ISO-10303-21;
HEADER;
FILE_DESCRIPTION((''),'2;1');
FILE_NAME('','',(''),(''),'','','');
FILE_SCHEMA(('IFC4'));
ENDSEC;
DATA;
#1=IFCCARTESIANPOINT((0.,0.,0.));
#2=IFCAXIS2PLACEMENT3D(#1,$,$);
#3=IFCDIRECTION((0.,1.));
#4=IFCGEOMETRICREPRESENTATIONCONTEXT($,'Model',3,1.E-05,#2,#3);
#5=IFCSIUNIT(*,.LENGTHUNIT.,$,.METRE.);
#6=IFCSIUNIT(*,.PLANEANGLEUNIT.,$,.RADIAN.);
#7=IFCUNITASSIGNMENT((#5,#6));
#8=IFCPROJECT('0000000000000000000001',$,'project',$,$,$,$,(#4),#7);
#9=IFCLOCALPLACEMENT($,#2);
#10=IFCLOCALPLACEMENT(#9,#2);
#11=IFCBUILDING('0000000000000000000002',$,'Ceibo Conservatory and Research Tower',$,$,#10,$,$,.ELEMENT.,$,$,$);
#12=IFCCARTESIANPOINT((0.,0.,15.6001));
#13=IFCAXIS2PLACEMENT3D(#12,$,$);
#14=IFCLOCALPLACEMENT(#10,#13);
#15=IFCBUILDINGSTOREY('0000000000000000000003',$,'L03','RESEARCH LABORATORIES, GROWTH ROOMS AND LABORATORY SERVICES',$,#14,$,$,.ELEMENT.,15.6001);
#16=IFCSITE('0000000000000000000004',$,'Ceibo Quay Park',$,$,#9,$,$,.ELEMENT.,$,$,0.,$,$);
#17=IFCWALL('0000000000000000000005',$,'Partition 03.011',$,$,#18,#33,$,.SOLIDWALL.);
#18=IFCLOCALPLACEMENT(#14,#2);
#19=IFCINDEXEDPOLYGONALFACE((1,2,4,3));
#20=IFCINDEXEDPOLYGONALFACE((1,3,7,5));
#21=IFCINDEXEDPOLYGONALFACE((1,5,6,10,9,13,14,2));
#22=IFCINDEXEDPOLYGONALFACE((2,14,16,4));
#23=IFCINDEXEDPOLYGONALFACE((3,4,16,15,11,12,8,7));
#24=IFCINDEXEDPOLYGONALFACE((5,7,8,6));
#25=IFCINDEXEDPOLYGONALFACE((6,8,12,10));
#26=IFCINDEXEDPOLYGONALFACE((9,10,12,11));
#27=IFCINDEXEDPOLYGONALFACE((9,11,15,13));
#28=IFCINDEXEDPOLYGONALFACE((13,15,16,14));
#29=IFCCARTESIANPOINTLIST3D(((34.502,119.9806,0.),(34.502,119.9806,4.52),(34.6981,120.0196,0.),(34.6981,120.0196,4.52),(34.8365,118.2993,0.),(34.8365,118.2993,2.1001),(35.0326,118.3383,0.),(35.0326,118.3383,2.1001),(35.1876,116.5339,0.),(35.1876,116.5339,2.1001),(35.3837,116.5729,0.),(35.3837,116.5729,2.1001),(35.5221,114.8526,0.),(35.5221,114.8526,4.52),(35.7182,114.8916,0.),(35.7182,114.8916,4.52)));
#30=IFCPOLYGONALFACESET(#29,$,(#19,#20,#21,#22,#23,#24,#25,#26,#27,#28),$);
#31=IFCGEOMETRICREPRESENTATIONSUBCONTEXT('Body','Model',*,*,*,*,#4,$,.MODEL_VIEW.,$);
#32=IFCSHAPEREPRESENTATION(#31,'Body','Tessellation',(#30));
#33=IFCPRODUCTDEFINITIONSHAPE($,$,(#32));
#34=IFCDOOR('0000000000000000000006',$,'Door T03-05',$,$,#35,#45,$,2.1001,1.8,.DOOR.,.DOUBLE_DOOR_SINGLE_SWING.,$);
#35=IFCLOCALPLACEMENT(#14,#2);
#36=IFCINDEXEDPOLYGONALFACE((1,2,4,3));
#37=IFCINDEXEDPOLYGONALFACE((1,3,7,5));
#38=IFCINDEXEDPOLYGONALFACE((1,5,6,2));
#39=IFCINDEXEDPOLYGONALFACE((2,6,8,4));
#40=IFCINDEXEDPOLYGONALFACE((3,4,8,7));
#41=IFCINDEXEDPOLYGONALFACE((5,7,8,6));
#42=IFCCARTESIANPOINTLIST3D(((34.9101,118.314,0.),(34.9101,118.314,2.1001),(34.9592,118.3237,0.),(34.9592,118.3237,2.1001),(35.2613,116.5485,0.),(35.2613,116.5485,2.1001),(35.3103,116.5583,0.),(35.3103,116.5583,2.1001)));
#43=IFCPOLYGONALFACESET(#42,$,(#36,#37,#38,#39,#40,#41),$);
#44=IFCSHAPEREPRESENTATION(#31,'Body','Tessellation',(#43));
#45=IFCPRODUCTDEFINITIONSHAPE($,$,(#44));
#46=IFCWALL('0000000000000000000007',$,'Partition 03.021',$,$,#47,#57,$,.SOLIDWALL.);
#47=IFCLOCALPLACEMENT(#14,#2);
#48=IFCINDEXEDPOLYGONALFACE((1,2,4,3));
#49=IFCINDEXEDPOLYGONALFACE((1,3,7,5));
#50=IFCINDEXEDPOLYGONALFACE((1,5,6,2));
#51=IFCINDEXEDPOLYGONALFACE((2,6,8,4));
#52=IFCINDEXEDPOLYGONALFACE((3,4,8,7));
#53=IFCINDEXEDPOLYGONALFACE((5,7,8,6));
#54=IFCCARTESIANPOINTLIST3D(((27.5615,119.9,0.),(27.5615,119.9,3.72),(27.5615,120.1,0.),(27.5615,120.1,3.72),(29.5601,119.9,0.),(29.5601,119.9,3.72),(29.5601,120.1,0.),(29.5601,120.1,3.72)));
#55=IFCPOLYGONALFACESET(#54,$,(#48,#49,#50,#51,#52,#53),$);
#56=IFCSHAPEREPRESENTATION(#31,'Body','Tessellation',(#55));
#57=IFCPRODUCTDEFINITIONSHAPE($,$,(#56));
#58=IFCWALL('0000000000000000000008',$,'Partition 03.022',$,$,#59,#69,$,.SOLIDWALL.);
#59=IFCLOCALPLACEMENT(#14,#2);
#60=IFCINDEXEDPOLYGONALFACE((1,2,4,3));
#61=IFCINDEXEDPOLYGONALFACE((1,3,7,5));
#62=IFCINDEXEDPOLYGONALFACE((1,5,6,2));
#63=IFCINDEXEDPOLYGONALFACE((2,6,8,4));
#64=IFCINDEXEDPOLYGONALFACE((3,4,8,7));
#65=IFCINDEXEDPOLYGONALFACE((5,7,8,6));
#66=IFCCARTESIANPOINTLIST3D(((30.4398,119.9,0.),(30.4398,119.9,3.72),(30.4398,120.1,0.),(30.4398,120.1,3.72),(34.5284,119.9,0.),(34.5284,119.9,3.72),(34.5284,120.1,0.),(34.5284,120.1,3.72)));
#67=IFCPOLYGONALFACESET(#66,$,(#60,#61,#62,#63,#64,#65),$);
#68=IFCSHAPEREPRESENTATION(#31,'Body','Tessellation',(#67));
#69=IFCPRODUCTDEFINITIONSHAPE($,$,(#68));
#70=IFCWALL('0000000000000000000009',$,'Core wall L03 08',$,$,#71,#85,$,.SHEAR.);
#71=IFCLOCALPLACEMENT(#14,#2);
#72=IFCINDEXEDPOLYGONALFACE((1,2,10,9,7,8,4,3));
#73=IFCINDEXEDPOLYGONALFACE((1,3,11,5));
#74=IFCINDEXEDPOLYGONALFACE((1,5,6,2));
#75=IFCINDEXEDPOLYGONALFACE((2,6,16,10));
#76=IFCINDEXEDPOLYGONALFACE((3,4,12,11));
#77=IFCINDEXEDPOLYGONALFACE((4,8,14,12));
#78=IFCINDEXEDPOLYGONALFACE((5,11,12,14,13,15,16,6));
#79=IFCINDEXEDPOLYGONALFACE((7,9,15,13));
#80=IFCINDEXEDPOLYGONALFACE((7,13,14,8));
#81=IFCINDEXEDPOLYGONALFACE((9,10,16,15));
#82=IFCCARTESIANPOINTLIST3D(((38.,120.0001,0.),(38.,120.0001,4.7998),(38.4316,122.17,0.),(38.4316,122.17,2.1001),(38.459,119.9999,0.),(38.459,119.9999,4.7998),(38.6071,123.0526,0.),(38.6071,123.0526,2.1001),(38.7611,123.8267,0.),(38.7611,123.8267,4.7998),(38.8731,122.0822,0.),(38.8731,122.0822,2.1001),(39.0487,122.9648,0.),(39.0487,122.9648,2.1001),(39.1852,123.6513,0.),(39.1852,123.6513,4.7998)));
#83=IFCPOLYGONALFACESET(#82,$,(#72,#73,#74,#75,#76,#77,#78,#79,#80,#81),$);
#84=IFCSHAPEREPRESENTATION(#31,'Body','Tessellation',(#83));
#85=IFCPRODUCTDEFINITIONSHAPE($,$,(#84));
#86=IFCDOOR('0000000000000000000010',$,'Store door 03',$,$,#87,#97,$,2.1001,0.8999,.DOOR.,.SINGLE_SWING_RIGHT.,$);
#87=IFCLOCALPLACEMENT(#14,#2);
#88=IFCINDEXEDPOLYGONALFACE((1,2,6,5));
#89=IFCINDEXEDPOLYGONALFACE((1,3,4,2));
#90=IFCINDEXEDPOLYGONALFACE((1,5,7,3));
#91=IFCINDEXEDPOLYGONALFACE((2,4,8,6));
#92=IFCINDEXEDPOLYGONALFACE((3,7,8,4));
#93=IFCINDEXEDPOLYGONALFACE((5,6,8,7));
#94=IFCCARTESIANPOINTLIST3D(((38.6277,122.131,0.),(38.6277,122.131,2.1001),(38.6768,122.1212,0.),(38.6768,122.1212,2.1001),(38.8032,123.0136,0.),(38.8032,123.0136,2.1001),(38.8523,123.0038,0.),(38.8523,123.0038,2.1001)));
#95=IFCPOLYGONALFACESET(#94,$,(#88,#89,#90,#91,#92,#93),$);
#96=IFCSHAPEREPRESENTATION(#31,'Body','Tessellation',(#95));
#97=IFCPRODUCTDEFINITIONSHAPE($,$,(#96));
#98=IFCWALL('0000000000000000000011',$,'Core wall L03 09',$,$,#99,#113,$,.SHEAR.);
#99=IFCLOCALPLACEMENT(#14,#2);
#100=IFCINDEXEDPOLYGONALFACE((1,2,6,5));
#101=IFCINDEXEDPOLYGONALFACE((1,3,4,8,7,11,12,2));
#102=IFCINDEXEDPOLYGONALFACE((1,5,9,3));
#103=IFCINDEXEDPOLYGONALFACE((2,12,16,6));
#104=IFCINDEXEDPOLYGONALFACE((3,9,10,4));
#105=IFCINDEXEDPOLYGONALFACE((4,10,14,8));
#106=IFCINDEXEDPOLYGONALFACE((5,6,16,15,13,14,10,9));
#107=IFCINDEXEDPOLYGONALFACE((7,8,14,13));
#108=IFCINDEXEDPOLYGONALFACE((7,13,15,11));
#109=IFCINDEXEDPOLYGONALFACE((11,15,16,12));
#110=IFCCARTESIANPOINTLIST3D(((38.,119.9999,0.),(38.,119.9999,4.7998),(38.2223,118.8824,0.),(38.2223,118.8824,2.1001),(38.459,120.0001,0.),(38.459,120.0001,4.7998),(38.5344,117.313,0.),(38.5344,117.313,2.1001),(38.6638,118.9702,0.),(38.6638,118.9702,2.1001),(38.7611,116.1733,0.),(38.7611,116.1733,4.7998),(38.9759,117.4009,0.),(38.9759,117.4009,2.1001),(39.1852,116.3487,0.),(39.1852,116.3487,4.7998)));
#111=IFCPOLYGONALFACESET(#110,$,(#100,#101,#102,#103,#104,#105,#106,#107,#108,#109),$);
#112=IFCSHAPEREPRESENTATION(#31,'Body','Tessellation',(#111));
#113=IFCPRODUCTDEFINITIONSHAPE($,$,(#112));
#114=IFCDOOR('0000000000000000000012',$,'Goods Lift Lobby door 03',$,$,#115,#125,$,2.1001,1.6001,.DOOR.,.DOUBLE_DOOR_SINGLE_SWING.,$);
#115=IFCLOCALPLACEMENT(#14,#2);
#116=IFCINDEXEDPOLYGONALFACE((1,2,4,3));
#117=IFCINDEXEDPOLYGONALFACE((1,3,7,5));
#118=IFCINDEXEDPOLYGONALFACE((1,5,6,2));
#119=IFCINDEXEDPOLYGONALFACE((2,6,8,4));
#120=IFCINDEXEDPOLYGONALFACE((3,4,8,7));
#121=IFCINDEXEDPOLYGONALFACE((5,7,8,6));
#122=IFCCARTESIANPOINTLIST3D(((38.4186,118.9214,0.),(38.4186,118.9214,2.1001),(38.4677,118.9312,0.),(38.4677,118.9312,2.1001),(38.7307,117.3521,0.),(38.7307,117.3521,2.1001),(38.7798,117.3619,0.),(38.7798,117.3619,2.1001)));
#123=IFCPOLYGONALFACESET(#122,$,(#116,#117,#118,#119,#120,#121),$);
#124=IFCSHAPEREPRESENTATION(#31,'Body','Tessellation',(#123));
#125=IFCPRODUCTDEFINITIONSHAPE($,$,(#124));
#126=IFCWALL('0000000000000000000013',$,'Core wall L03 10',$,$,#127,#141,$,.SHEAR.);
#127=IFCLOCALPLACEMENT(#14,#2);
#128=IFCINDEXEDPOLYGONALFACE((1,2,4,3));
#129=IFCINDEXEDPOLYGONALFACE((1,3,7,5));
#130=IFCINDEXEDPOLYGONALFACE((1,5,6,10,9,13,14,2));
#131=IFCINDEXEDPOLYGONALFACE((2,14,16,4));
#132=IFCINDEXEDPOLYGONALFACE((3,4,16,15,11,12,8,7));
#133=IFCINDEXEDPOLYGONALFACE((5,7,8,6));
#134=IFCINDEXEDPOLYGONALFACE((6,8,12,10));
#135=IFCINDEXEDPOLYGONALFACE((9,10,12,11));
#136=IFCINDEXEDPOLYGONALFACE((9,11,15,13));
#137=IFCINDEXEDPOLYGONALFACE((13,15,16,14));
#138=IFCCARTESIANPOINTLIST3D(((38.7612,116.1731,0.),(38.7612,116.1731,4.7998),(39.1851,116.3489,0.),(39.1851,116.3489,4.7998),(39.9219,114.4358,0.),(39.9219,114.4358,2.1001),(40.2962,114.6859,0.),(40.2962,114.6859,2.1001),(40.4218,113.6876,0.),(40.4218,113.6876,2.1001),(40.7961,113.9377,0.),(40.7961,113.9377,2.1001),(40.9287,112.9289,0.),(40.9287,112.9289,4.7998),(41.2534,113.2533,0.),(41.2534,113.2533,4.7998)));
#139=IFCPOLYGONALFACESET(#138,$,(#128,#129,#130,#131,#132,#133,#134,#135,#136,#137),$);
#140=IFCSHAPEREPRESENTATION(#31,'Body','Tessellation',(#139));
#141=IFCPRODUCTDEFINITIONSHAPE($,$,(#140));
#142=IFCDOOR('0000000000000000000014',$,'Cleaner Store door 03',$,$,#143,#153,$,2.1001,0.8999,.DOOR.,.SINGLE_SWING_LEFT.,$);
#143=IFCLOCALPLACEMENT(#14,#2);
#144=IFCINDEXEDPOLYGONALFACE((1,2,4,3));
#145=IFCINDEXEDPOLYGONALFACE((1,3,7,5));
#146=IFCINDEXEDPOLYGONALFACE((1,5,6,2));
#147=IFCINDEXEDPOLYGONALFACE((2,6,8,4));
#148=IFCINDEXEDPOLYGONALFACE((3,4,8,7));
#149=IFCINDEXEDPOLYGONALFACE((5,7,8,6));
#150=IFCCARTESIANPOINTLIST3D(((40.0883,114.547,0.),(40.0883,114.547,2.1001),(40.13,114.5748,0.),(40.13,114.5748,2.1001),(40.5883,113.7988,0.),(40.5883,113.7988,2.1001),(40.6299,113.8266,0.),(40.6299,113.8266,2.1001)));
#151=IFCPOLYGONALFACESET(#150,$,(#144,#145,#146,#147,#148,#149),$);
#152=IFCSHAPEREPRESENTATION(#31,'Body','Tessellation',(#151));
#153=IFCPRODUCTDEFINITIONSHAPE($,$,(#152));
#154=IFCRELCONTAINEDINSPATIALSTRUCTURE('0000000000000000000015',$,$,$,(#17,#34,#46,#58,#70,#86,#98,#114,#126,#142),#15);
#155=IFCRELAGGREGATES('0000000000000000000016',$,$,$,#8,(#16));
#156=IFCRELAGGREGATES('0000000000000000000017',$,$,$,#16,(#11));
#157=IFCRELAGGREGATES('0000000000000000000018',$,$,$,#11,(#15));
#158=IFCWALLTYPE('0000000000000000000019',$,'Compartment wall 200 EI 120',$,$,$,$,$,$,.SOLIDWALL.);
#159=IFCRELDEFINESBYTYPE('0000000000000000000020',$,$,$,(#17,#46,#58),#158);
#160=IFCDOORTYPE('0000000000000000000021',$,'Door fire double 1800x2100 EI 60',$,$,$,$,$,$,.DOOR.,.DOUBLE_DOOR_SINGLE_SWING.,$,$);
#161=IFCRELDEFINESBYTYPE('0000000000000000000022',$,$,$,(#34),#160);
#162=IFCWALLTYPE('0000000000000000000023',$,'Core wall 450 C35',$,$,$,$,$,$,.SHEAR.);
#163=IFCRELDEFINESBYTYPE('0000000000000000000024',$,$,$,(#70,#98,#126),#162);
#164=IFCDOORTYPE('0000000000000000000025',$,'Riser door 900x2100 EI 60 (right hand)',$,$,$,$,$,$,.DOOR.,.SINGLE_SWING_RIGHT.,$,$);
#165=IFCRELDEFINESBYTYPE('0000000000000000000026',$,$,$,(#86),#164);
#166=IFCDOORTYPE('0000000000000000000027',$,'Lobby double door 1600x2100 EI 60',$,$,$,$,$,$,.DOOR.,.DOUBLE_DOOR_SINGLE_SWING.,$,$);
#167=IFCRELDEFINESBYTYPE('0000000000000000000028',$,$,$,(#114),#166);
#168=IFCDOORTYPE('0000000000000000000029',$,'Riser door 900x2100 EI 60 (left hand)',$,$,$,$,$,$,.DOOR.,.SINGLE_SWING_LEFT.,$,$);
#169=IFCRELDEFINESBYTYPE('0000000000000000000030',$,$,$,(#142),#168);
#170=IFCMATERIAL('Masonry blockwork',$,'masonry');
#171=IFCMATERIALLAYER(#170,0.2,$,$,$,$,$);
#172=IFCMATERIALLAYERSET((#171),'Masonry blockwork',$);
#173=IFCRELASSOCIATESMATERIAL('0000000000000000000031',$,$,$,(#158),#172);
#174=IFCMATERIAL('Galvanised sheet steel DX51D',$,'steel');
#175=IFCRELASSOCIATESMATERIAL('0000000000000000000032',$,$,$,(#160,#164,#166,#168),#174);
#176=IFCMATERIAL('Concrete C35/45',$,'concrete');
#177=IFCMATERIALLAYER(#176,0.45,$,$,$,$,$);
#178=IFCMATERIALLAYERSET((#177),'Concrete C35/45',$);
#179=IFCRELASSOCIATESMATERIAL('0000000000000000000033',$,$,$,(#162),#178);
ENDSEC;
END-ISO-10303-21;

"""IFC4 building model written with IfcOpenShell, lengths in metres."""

from ifc_helpers import new_model, si_unit, direction, frame, frame_2d, origin, place, context, subcontext, project, spatial, polyline, rectangle, outline, extrude, material, layer, layer_set, type_object, element, fill, save


model = new_model("IFC4")

# Units and contexts
model_context = context("Model", 3, precision=1e-05, world=origin(), true_north=direction((0.0, 1.0)))
body_context = subcontext(model_context, "Body", "Model", "MODEL_VIEW")
ifc_project = project(units=[si_unit("LENGTHUNIT", "METRE"), si_unit("PLANEANGLEUNIT", "RADIAN")], contexts=[model_context])

# Site, building, storey
site_placement = place(None, origin())
site = spatial("IfcSite", under=ifc_project, at=site_placement, Name="Ceibo Quay Park", CompositionType="ELEMENT", RefElevation=0.0)
building_placement = place(site_placement, origin())
building = spatial("IfcBuilding", under=site, at=building_placement, Name="Ceibo Conservatory and Research Tower", CompositionType="ELEMENT")
storey_placement = place(building_placement, frame((0.0, 0.0, 15.6001)))
storey = spatial("IfcBuildingStorey", under=building, at=storey_placement, Name="L03", Description="RESEARCH LABORATORIES, GROWTH ROOMS AND LABORATORY SERVICES", CompositionType="ELEMENT", Elevation=15.6001)

# Shared definitions
ifc_material_1 = material(Name="Concrete C35/45", Category="concrete")

# Wall, opening, door
ifc_material_2 = material(Name="Masonry blockwork", Category="masonry")
ifc_layer_1 = layer(ifc_material_2, 0.2)
ifc_layer_set_1 = layer_set([ifc_layer_1], Name="Masonry blockwork")
wall_type_1 = type_object("IfcWallType", Name="Compartment wall 200 EI 120", PredefinedType="SOLIDWALL", material=ifc_layer_set_1)
wall_1_placement = place(storey_placement, frame((35.6201, 114.8721, 0.0), z_axis=(0.0, 0.0, 1.0), x_axis=(-0.195092, 0.980785, 0.0)))
wall_1 = element("IfcWall", 1, at=wall_1_placement, inside=storey, type_object=wall_type_1, Name="Partition 03.011", PredefinedType="SOLIDWALL", context=body_context, shape_type="SweptSolid", body=[
    extrude(rectangle(XDim=5.2285, YDim=0.2, at=frame_2d((2.6143, 0.0))), origin(), (0.0, 0.0, 1.0), 4.52),
])
opening_1_placement = place(wall_1_placement, frame((1.7144, 0.0, 0.0)))
opening_1 = element("IfcOpeningElement", 2, at=opening_1_placement, cuts=wall_1, PredefinedType="OPENING", context=body_context, shape_type="SweptSolid", body=[
    extrude(rectangle(XDim=1.8, YDim=2.1001, at=frame_2d((0.8999, 1.05))), frame((0.0, 0.1099, 0.0), z_axis=(0.0, -1.0, 0.0), x_axis=(1.0, 0.0, 0.0)), (0.0, 0.0, 1.0), 0.22),
])
ifc_material_3 = material(Name="Galvanised sheet steel DX51D", Category="steel")
door_type_1 = type_object("IfcDoorType", Name="Door fire double 1800x2100 EI 60", OperationType="DOUBLE_DOOR_SINGLE_SWING", PredefinedType="DOOR", material=ifc_material_3)
door_1_placement = place(opening_1_placement, origin())
door_1 = element("IfcDoor", 3, at=door_1_placement, inside=storey, type_object=door_type_1, Name="Door T03-05", OperationType="DOUBLE_DOOR_SINGLE_SWING", OverallHeight=2.1001, OverallWidth=1.8, PredefinedType="DOOR", context=body_context, shape_type="SweptSolid", body=[
    extrude(rectangle(XDim=1.8, YDim=2.1001, at=frame_2d((0.8999, 1.05))), frame((0.0, 0.0249, 0.0), z_axis=(0.0, -1.0, 0.0), x_axis=(1.0, 0.0, 0.0)), (0.0, 0.0, 1.0), 0.05),
])
fill(opening_1, door_1)

# Walls
wall_2_placement = place(storey_placement, frame((29.5601, 120.0, 0.0), z_axis=(0.0, 0.0, 1.0), x_axis=(-1.0, 0.0, 0.0)))
element("IfcWall", 4, at=wall_2_placement, inside=storey, type_object=wall_type_1, Name="Partition 03.021", PredefinedType="SOLIDWALL", context=body_context, shape_type="SweptSolid", body=[
    extrude(rectangle(XDim=1.9985, YDim=0.2, at=frame_2d((0.9993, 0.0))), origin(), (0.0, 0.0, 1.0), 3.72),
])
wall_3_placement = place(storey_placement, frame((34.5286, 120.0, 0.0), z_axis=(0.0, 0.0, 1.0), x_axis=(-1.0, 0.0, 0.0)))
element("IfcWall", 5, at=wall_3_placement, inside=storey, type_object=wall_type_1, Name="Partition 03.022", PredefinedType="SOLIDWALL", context=body_context, shape_type="SweptSolid", body=[
    extrude(rectangle(XDim=4.0886, YDim=0.2, at=frame_2d((2.0444, 0.0))), origin(), (0.0, 0.0, 1.0), 3.72),
])

# Walls, openings, doors
ifc_layer_2 = layer(ifc_material_1, 0.45)
ifc_layer_set_2 = layer_set([ifc_layer_2], Name="Concrete C35/45")
wall_type_2 = type_object("IfcWallType", Name="Core wall 450 C35", PredefinedType="SHEAR", material=ifc_layer_set_2)
wall_4_placement = place(storey_placement, frame((38.9731, 123.739, 0.0), z_axis=(0.0, 0.0, 1.0), x_axis=(-0.195069, -0.980789, 0.0)))
wall_4 = element("IfcWall", 6, at=wall_4_placement, inside=storey, type_object=wall_type_2, Name="Core wall L03 08", PredefinedType="SHEAR", context=body_context, shape_type="SweptSolid", body=[
    extrude(outline(polyline([(-0.0447, -0.2251), (3.8569, -0.2251), (3.7676, 0.2251), (0.0447, 0.2251), (-0.0447, -0.2251)])), origin(), (0.0, 0.0, 1.0), 4.7998),
])
opening_2_placement = place(wall_4_placement, frame((0.7446, 0.0, 0.0)))
opening_2 = element("IfcOpeningElement", 7, at=opening_2_placement, cuts=wall_4, PredefinedType="OPENING", context=body_context, shape_type="SweptSolid", body=[
    extrude(rectangle(XDim=0.8999, YDim=2.1001, at=frame_2d((0.45, 1.05))), frame((0.0, 0.2349, 0.0), z_axis=(0.0, -1.0, 0.0), x_axis=(1.0, 0.0, 0.0)), (0.0, 0.0, 1.0), 0.47),
])
door_type_2 = type_object("IfcDoorType", Name="Riser door 900x2100 EI 60 (right hand)", OperationType="SINGLE_SWING_RIGHT", PredefinedType="DOOR", material=ifc_material_3)
door_2_placement = place(opening_2_placement, origin())
door_2 = element("IfcDoor", 8, at=door_2_placement, inside=storey, type_object=door_type_2, Name="Store door 03", OperationType="SINGLE_SWING_RIGHT", OverallHeight=2.1001, OverallWidth=0.8999, PredefinedType="DOOR", context=body_context, shape_type="SweptSolid", body=[
    extrude(rectangle(XDim=0.8999, YDim=2.1001, at=frame_2d((0.45, 1.05))), frame((0.0, 0.0249, 0.0), z_axis=(0.0, -1.0, 0.0), x_axis=(1.0, 0.0, 0.0)), (0.0, 0.0, 1.0), 0.05),
])
fill(opening_2, door_2)
wall_5_placement = place(storey_placement, frame((38.2295, 120.0, 0.0), z_axis=(0.0, 0.0, 1.0), x_axis=(0.195069, -0.980789, 0.0)))
wall_5 = element("IfcWall", 9, at=wall_5_placement, inside=storey, type_object=wall_type_2, Name="Core wall L03 09", PredefinedType="SHEAR", context=body_context, shape_type="SweptSolid", body=[
    extrude(outline(polyline([(-0.0447, -0.2251), (3.8569, -0.2251), (3.7676, 0.2251), (0.0447, 0.2251), (-0.0447, -0.2251)])), origin(), (0.0, 0.0, 1.0), 4.7998),
])
opening_3_placement = place(wall_5_placement, frame((1.0947, 0.0, 0.0)))
opening_3 = element("IfcOpeningElement", 10, at=opening_3_placement, cuts=wall_5, PredefinedType="OPENING", context=body_context, shape_type="SweptSolid", body=[
    extrude(rectangle(XDim=1.6001, YDim=2.1001, at=frame_2d((0.8, 1.05))), frame((0.0, 0.2349, 0.0), z_axis=(0.0, -1.0, 0.0), x_axis=(1.0, 0.0, 0.0)), (0.0, 0.0, 1.0), 0.47),
])
door_type_3 = type_object("IfcDoorType", Name="Lobby double door 1600x2100 EI 60", OperationType="DOUBLE_DOOR_SINGLE_SWING", PredefinedType="DOOR", material=ifc_material_3)
door_3_placement = place(opening_3_placement, frame((1.6001, 0.0, 0.0), z_axis=(0.0, 0.0, 1.0), x_axis=(-1.0, 0.0, 0.0)))
door_3 = element("IfcDoor", 11, at=door_3_placement, inside=storey, type_object=door_type_3, Name="Goods Lift Lobby door 03", OperationType="DOUBLE_DOOR_SINGLE_SWING", OverallHeight=2.1001, OverallWidth=1.6001, PredefinedType="DOOR", context=body_context, shape_type="SweptSolid", body=[
    extrude(rectangle(XDim=1.6001, YDim=2.1001, at=frame_2d((0.8, 1.05))), frame((0.0, 0.0249, 0.0), z_axis=(0.0, -1.0, 0.0), x_axis=(1.0, 0.0, 0.0)), (0.0, 0.0, 1.0), 0.05),
])
fill(opening_3, door_3)
wall_6_placement = place(storey_placement, frame((38.9731, 116.261, 0.0), z_axis=(0.0, 0.0, 1.0), x_axis=(0.555542, -0.831488, 0.0)))
wall_6 = element("IfcWall", 12, at=wall_6_placement, inside=storey, type_object=wall_type_2, Name="Core wall L03 10", PredefinedType="SHEAR", context=body_context, shape_type="SweptSolid", body=[
    extrude(outline(polyline([(-0.0447, -0.2251), (3.8569, -0.2251), (3.7676, 0.2251), (0.0447, 0.2251), (-0.0447, -0.2251)])), origin(), (0.0, 0.0, 1.0), 4.7998),
])
opening_4_placement = place(wall_6_placement, frame((2.0447, 0.0, 0.0)))
opening_4 = element("IfcOpeningElement", 13, at=opening_4_placement, cuts=wall_6, PredefinedType="OPENING", context=body_context, shape_type="SweptSolid", body=[
    extrude(rectangle(XDim=0.8999, YDim=2.1001, at=frame_2d((0.45, 1.05))), frame((0.0, 0.2349, 0.0), z_axis=(0.0, -1.0, 0.0), x_axis=(1.0, 0.0, 0.0)), (0.0, 0.0, 1.0), 0.47),
])
door_type_4 = type_object("IfcDoorType", Name="Riser door 900x2100 EI 60 (left hand)", OperationType="SINGLE_SWING_LEFT", PredefinedType="DOOR", material=ifc_material_3)
door_4_placement = place(opening_4_placement, frame((0.8999, 0.0, 0.0), z_axis=(0.0, 0.0, 1.0), x_axis=(-1.0, 0.0, 0.0)))
door_4 = element("IfcDoor", 14, at=door_4_placement, inside=storey, type_object=door_type_4, Name="Cleaner Store door 03", OperationType="SINGLE_SWING_LEFT", OverallHeight=2.1001, OverallWidth=0.8999, PredefinedType="DOOR", context=body_context, shape_type="SweptSolid", body=[
    extrude(rectangle(XDim=0.8999, YDim=2.1001, at=frame_2d((0.45, 1.05))), frame((0.0, 0.0249, 0.0), z_axis=(0.0, -1.0, 0.0), x_axis=(1.0, 0.0, 0.0)), (0.0, 0.0, 1.0), 0.05),
])
fill(opening_4, door_4)

save(model, "model.ifc")
